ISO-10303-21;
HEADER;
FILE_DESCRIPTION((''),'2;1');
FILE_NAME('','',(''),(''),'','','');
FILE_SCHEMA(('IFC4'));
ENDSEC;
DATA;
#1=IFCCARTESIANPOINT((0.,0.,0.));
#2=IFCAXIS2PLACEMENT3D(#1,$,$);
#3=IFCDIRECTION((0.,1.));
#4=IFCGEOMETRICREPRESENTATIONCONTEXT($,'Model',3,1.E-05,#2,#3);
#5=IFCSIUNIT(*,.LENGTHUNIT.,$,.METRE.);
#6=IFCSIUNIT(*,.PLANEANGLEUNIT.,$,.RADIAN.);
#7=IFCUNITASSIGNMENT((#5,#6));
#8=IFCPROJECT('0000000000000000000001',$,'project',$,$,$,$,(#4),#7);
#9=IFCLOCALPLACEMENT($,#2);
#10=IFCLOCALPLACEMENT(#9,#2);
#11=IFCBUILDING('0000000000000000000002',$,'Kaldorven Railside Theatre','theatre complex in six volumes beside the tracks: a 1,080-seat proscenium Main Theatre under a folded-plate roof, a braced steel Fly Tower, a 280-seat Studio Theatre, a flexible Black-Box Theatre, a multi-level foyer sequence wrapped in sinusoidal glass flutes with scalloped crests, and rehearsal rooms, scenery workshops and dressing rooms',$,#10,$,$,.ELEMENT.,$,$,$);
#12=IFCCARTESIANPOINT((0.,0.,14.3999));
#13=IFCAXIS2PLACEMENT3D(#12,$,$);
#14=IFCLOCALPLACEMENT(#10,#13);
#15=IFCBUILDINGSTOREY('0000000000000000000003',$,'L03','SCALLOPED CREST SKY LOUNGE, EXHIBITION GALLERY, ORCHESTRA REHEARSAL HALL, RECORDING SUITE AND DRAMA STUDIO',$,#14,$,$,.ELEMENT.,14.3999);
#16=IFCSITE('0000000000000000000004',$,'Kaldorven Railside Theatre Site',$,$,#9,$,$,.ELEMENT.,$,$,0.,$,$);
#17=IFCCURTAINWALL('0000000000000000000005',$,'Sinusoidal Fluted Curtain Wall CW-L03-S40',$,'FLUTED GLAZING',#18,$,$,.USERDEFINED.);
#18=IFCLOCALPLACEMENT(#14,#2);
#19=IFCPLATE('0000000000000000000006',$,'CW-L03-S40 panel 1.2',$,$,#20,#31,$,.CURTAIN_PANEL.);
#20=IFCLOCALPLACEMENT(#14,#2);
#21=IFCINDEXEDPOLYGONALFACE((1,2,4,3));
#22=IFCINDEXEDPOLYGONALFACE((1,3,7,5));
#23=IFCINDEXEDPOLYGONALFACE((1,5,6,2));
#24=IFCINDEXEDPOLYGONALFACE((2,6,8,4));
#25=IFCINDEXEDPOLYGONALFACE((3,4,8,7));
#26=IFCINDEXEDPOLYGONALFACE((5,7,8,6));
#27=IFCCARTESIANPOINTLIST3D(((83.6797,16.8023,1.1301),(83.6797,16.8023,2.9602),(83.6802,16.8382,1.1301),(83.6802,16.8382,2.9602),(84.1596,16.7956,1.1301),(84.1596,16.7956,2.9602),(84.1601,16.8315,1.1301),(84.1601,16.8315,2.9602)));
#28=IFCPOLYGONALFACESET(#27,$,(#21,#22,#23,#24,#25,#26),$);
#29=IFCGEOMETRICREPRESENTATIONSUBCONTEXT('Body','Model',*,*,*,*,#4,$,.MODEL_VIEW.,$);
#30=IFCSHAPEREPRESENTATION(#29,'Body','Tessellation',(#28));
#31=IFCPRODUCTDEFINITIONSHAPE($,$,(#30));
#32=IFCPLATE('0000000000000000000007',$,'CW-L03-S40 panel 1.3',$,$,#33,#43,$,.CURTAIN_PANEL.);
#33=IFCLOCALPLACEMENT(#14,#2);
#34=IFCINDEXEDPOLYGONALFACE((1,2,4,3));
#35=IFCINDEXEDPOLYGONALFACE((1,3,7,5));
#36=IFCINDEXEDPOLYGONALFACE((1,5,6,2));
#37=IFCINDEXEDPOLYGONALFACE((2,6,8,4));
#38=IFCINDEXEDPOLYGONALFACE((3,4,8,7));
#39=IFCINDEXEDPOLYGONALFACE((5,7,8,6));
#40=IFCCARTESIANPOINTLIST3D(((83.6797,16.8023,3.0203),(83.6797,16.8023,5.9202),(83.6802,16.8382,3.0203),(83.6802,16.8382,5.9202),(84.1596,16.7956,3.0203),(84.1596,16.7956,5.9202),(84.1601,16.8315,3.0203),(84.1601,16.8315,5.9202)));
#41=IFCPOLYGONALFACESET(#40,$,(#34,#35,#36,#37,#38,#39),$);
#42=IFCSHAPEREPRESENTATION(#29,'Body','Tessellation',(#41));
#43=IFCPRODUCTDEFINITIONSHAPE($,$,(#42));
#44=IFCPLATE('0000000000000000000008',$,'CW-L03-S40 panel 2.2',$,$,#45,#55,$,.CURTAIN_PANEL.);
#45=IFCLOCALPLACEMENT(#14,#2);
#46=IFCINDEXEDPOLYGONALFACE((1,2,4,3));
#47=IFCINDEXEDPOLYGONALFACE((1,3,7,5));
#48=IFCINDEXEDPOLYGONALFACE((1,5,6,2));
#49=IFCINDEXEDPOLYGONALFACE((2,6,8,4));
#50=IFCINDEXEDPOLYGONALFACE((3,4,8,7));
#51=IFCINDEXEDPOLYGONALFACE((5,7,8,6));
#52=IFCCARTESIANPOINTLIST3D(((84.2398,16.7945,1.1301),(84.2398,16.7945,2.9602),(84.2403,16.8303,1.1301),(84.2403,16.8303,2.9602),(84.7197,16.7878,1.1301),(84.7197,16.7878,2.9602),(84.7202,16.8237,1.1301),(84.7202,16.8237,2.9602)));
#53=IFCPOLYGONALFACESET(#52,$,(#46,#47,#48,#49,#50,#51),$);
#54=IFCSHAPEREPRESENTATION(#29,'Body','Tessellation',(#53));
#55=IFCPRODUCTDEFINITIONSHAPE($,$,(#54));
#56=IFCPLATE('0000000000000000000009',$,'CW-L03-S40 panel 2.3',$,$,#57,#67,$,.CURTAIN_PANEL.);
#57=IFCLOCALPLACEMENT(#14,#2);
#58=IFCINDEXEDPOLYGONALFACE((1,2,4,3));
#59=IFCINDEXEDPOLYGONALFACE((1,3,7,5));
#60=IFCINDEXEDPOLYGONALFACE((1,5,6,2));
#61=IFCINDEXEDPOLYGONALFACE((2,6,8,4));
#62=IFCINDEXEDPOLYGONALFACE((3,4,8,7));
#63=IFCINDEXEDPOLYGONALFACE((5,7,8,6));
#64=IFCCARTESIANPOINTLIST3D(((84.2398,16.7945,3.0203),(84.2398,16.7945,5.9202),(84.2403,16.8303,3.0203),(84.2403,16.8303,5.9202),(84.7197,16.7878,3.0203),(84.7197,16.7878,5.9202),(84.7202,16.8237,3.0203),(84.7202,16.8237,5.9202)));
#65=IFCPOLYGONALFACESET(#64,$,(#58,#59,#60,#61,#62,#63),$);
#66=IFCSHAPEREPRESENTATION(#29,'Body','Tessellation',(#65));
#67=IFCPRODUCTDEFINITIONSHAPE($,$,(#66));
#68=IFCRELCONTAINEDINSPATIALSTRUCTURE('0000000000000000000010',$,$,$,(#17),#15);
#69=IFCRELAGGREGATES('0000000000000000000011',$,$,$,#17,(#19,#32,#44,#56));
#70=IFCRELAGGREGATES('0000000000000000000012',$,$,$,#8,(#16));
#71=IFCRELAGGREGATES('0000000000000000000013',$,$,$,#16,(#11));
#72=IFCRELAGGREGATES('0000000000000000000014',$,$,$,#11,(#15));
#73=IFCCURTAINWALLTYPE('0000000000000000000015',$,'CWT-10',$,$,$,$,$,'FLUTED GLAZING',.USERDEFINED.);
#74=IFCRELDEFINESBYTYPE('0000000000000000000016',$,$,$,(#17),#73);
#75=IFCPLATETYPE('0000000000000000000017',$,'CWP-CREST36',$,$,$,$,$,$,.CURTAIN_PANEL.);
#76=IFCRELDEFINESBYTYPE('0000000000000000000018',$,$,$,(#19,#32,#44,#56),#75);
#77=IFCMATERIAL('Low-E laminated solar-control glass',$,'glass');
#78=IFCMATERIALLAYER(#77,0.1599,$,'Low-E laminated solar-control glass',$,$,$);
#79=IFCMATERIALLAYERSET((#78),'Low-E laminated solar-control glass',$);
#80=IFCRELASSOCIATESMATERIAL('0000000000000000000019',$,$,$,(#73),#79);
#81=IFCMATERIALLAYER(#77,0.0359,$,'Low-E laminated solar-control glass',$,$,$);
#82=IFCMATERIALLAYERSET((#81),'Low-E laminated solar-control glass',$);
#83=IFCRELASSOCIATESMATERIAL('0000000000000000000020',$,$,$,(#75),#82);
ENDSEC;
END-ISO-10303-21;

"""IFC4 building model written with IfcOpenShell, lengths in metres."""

from ifc_helpers import new_model, si_unit, direction, frame, origin, origin_2d, place, context, subcontext, project, spatial, rectangle, extrude, material, layer, layer_set, type_object, element, aggregate, save


model = new_model("IFC4")

# Units and contexts
model_context = context("Model", 3, precision=1e-05, world=origin(), true_north=direction((0.0, 1.0)))
body_context = subcontext(model_context, "Body", "Model", "MODEL_VIEW")
ifc_project = project(units=[si_unit("LENGTHUNIT", "METRE"), si_unit("PLANEANGLEUNIT", "RADIAN")], contexts=[model_context])

# Site, building, storey
site_placement = place(None, origin())
site = spatial("IfcSite", under=ifc_project, at=site_placement, Name="Kaldorven Railside Theatre Site", CompositionType="ELEMENT", RefElevation=0.0)
building_placement = place(site_placement, origin())
building = spatial("IfcBuilding", under=site, at=building_placement, Name="Kaldorven Railside Theatre", Description="theatre complex in six volumes beside the tracks: a 1,080-seat proscenium Main Theatre under a folded-plate roof, a braced steel Fly Tower, a 280-seat Studio Theatre, a flexible Black-Box Theatre, a multi-level foyer sequence wrapped in sinusoidal glass flutes with scalloped crests, and rehearsal rooms, scenery workshops and dressing rooms", CompositionType="ELEMENT")
storey_placement = place(building_placement, frame((0.0, 0.0, 14.3999)))
storey = spatial("IfcBuildingStorey", under=building, at=storey_placement, Name="L03", Description="SCALLOPED CREST SKY LOUNGE, EXHIBITION GALLERY, ORCHESTRA REHEARSAL HALL, RECORDING SUITE AND DRAMA STUDIO", CompositionType="ELEMENT", Elevation=14.3999)

# Curtain wall
ifc_material_1 = material(Name="Low-E laminated solar-control glass", Category="glass")
ifc_layer_1 = layer(ifc_material_1, 0.1599, Name="Low-E laminated solar-control glass")
ifc_layer_set_1 = layer_set([ifc_layer_1], Name="Low-E laminated solar-control glass")
curtain_wall_type_1 = type_object("IfcCurtainWallType", Name="CWT-10", ElementType="FLUTED GLAZING", PredefinedType="USERDEFINED", material=ifc_layer_set_1)
curtain_wall_1_placement = place(storey_placement, origin())
curtain_wall_1 = element("IfcCurtainWall", 1, at=curtain_wall_1_placement, inside=storey, type_object=curtain_wall_type_1, Name="Sinusoidal Fluted Curtain Wall CW-L03-S40", ObjectType="FLUTED GLAZING", PredefinedType="USERDEFINED")

# Plates
ifc_layer_2 = layer(ifc_material_1, 0.0359, Name="Low-E laminated solar-control glass")
ifc_layer_set_2 = layer_set([ifc_layer_2], Name="Low-E laminated solar-control glass")
plate_type = type_object("IfcPlateType", Name="CWP-CREST36", PredefinedType="CURTAIN_PANEL", material=ifc_layer_set_2)
plate_1_placement = place(storey_placement, frame((83.9199, 16.8169, 1.1301), z_axis=(0.0, 0.0, 1.0), x_axis=(0.999904, -0.013832, 0.0)))
plate_1 = element("IfcPlate", 2, at=plate_1_placement, type_object=plate_type, Name="CW-L03-S40 panel 1.2", PredefinedType="CURTAIN_PANEL", context=body_context, shape_type="SweptSolid", body=[
    extrude(rectangle(XDim=0.48, YDim=0.0359, at=origin_2d()), origin(), (0.0, 0.0, 1.0), 1.8301),
])
plate_2_placement = place(storey_placement, frame((83.9199, 16.8169, 3.0203), z_axis=(0.0, 0.0, 1.0), x_axis=(0.999904, -0.013832, 0.0)))
plate_2 = element("IfcPlate", 3, at=plate_2_placement, type_object=plate_type, Name="CW-L03-S40 panel 1.3", PredefinedType="CURTAIN_PANEL", context=body_context, shape_type="SweptSolid", body=[
    extrude(rectangle(XDim=0.48, YDim=0.0359, at=origin_2d()), origin(), (0.0, 0.0, 1.0), 2.8999),
])
plate_3_placement = place(storey_placement, frame((84.48, 16.8091, 1.1301), z_axis=(0.0, 0.0, 1.0), x_axis=(0.999904, -0.013832, 0.0)))
plate_3 = element("IfcPlate", 4, at=plate_3_placement, type_object=plate_type, Name="CW-L03-S40 panel 2.2", PredefinedType="CURTAIN_PANEL", context=body_context, shape_type="SweptSolid", body=[
    extrude(rectangle(XDim=0.48, YDim=0.0359, at=origin_2d()), origin(), (0.0, 0.0, 1.0), 1.8301),
])
plate_4_placement = place(storey_placement, frame((84.48, 16.8091, 3.0203), z_axis=(0.0, 0.0, 1.0), x_axis=(0.999904, -0.013832, 0.0)))
plate_4 = element("IfcPlate", 5, at=plate_4_placement, type_object=plate_type, Name="CW-L03-S40 panel 2.3", PredefinedType="CURTAIN_PANEL", context=body_context, shape_type="SweptSolid", body=[
    extrude(rectangle(XDim=0.48, YDim=0.0359, at=origin_2d()), origin(), (0.0, 0.0, 1.0), 2.8999),
])
aggregate(curtain_wall_1, [plate_1, plate_2, plate_3, plate_4])

save(model, "model.ifc")
